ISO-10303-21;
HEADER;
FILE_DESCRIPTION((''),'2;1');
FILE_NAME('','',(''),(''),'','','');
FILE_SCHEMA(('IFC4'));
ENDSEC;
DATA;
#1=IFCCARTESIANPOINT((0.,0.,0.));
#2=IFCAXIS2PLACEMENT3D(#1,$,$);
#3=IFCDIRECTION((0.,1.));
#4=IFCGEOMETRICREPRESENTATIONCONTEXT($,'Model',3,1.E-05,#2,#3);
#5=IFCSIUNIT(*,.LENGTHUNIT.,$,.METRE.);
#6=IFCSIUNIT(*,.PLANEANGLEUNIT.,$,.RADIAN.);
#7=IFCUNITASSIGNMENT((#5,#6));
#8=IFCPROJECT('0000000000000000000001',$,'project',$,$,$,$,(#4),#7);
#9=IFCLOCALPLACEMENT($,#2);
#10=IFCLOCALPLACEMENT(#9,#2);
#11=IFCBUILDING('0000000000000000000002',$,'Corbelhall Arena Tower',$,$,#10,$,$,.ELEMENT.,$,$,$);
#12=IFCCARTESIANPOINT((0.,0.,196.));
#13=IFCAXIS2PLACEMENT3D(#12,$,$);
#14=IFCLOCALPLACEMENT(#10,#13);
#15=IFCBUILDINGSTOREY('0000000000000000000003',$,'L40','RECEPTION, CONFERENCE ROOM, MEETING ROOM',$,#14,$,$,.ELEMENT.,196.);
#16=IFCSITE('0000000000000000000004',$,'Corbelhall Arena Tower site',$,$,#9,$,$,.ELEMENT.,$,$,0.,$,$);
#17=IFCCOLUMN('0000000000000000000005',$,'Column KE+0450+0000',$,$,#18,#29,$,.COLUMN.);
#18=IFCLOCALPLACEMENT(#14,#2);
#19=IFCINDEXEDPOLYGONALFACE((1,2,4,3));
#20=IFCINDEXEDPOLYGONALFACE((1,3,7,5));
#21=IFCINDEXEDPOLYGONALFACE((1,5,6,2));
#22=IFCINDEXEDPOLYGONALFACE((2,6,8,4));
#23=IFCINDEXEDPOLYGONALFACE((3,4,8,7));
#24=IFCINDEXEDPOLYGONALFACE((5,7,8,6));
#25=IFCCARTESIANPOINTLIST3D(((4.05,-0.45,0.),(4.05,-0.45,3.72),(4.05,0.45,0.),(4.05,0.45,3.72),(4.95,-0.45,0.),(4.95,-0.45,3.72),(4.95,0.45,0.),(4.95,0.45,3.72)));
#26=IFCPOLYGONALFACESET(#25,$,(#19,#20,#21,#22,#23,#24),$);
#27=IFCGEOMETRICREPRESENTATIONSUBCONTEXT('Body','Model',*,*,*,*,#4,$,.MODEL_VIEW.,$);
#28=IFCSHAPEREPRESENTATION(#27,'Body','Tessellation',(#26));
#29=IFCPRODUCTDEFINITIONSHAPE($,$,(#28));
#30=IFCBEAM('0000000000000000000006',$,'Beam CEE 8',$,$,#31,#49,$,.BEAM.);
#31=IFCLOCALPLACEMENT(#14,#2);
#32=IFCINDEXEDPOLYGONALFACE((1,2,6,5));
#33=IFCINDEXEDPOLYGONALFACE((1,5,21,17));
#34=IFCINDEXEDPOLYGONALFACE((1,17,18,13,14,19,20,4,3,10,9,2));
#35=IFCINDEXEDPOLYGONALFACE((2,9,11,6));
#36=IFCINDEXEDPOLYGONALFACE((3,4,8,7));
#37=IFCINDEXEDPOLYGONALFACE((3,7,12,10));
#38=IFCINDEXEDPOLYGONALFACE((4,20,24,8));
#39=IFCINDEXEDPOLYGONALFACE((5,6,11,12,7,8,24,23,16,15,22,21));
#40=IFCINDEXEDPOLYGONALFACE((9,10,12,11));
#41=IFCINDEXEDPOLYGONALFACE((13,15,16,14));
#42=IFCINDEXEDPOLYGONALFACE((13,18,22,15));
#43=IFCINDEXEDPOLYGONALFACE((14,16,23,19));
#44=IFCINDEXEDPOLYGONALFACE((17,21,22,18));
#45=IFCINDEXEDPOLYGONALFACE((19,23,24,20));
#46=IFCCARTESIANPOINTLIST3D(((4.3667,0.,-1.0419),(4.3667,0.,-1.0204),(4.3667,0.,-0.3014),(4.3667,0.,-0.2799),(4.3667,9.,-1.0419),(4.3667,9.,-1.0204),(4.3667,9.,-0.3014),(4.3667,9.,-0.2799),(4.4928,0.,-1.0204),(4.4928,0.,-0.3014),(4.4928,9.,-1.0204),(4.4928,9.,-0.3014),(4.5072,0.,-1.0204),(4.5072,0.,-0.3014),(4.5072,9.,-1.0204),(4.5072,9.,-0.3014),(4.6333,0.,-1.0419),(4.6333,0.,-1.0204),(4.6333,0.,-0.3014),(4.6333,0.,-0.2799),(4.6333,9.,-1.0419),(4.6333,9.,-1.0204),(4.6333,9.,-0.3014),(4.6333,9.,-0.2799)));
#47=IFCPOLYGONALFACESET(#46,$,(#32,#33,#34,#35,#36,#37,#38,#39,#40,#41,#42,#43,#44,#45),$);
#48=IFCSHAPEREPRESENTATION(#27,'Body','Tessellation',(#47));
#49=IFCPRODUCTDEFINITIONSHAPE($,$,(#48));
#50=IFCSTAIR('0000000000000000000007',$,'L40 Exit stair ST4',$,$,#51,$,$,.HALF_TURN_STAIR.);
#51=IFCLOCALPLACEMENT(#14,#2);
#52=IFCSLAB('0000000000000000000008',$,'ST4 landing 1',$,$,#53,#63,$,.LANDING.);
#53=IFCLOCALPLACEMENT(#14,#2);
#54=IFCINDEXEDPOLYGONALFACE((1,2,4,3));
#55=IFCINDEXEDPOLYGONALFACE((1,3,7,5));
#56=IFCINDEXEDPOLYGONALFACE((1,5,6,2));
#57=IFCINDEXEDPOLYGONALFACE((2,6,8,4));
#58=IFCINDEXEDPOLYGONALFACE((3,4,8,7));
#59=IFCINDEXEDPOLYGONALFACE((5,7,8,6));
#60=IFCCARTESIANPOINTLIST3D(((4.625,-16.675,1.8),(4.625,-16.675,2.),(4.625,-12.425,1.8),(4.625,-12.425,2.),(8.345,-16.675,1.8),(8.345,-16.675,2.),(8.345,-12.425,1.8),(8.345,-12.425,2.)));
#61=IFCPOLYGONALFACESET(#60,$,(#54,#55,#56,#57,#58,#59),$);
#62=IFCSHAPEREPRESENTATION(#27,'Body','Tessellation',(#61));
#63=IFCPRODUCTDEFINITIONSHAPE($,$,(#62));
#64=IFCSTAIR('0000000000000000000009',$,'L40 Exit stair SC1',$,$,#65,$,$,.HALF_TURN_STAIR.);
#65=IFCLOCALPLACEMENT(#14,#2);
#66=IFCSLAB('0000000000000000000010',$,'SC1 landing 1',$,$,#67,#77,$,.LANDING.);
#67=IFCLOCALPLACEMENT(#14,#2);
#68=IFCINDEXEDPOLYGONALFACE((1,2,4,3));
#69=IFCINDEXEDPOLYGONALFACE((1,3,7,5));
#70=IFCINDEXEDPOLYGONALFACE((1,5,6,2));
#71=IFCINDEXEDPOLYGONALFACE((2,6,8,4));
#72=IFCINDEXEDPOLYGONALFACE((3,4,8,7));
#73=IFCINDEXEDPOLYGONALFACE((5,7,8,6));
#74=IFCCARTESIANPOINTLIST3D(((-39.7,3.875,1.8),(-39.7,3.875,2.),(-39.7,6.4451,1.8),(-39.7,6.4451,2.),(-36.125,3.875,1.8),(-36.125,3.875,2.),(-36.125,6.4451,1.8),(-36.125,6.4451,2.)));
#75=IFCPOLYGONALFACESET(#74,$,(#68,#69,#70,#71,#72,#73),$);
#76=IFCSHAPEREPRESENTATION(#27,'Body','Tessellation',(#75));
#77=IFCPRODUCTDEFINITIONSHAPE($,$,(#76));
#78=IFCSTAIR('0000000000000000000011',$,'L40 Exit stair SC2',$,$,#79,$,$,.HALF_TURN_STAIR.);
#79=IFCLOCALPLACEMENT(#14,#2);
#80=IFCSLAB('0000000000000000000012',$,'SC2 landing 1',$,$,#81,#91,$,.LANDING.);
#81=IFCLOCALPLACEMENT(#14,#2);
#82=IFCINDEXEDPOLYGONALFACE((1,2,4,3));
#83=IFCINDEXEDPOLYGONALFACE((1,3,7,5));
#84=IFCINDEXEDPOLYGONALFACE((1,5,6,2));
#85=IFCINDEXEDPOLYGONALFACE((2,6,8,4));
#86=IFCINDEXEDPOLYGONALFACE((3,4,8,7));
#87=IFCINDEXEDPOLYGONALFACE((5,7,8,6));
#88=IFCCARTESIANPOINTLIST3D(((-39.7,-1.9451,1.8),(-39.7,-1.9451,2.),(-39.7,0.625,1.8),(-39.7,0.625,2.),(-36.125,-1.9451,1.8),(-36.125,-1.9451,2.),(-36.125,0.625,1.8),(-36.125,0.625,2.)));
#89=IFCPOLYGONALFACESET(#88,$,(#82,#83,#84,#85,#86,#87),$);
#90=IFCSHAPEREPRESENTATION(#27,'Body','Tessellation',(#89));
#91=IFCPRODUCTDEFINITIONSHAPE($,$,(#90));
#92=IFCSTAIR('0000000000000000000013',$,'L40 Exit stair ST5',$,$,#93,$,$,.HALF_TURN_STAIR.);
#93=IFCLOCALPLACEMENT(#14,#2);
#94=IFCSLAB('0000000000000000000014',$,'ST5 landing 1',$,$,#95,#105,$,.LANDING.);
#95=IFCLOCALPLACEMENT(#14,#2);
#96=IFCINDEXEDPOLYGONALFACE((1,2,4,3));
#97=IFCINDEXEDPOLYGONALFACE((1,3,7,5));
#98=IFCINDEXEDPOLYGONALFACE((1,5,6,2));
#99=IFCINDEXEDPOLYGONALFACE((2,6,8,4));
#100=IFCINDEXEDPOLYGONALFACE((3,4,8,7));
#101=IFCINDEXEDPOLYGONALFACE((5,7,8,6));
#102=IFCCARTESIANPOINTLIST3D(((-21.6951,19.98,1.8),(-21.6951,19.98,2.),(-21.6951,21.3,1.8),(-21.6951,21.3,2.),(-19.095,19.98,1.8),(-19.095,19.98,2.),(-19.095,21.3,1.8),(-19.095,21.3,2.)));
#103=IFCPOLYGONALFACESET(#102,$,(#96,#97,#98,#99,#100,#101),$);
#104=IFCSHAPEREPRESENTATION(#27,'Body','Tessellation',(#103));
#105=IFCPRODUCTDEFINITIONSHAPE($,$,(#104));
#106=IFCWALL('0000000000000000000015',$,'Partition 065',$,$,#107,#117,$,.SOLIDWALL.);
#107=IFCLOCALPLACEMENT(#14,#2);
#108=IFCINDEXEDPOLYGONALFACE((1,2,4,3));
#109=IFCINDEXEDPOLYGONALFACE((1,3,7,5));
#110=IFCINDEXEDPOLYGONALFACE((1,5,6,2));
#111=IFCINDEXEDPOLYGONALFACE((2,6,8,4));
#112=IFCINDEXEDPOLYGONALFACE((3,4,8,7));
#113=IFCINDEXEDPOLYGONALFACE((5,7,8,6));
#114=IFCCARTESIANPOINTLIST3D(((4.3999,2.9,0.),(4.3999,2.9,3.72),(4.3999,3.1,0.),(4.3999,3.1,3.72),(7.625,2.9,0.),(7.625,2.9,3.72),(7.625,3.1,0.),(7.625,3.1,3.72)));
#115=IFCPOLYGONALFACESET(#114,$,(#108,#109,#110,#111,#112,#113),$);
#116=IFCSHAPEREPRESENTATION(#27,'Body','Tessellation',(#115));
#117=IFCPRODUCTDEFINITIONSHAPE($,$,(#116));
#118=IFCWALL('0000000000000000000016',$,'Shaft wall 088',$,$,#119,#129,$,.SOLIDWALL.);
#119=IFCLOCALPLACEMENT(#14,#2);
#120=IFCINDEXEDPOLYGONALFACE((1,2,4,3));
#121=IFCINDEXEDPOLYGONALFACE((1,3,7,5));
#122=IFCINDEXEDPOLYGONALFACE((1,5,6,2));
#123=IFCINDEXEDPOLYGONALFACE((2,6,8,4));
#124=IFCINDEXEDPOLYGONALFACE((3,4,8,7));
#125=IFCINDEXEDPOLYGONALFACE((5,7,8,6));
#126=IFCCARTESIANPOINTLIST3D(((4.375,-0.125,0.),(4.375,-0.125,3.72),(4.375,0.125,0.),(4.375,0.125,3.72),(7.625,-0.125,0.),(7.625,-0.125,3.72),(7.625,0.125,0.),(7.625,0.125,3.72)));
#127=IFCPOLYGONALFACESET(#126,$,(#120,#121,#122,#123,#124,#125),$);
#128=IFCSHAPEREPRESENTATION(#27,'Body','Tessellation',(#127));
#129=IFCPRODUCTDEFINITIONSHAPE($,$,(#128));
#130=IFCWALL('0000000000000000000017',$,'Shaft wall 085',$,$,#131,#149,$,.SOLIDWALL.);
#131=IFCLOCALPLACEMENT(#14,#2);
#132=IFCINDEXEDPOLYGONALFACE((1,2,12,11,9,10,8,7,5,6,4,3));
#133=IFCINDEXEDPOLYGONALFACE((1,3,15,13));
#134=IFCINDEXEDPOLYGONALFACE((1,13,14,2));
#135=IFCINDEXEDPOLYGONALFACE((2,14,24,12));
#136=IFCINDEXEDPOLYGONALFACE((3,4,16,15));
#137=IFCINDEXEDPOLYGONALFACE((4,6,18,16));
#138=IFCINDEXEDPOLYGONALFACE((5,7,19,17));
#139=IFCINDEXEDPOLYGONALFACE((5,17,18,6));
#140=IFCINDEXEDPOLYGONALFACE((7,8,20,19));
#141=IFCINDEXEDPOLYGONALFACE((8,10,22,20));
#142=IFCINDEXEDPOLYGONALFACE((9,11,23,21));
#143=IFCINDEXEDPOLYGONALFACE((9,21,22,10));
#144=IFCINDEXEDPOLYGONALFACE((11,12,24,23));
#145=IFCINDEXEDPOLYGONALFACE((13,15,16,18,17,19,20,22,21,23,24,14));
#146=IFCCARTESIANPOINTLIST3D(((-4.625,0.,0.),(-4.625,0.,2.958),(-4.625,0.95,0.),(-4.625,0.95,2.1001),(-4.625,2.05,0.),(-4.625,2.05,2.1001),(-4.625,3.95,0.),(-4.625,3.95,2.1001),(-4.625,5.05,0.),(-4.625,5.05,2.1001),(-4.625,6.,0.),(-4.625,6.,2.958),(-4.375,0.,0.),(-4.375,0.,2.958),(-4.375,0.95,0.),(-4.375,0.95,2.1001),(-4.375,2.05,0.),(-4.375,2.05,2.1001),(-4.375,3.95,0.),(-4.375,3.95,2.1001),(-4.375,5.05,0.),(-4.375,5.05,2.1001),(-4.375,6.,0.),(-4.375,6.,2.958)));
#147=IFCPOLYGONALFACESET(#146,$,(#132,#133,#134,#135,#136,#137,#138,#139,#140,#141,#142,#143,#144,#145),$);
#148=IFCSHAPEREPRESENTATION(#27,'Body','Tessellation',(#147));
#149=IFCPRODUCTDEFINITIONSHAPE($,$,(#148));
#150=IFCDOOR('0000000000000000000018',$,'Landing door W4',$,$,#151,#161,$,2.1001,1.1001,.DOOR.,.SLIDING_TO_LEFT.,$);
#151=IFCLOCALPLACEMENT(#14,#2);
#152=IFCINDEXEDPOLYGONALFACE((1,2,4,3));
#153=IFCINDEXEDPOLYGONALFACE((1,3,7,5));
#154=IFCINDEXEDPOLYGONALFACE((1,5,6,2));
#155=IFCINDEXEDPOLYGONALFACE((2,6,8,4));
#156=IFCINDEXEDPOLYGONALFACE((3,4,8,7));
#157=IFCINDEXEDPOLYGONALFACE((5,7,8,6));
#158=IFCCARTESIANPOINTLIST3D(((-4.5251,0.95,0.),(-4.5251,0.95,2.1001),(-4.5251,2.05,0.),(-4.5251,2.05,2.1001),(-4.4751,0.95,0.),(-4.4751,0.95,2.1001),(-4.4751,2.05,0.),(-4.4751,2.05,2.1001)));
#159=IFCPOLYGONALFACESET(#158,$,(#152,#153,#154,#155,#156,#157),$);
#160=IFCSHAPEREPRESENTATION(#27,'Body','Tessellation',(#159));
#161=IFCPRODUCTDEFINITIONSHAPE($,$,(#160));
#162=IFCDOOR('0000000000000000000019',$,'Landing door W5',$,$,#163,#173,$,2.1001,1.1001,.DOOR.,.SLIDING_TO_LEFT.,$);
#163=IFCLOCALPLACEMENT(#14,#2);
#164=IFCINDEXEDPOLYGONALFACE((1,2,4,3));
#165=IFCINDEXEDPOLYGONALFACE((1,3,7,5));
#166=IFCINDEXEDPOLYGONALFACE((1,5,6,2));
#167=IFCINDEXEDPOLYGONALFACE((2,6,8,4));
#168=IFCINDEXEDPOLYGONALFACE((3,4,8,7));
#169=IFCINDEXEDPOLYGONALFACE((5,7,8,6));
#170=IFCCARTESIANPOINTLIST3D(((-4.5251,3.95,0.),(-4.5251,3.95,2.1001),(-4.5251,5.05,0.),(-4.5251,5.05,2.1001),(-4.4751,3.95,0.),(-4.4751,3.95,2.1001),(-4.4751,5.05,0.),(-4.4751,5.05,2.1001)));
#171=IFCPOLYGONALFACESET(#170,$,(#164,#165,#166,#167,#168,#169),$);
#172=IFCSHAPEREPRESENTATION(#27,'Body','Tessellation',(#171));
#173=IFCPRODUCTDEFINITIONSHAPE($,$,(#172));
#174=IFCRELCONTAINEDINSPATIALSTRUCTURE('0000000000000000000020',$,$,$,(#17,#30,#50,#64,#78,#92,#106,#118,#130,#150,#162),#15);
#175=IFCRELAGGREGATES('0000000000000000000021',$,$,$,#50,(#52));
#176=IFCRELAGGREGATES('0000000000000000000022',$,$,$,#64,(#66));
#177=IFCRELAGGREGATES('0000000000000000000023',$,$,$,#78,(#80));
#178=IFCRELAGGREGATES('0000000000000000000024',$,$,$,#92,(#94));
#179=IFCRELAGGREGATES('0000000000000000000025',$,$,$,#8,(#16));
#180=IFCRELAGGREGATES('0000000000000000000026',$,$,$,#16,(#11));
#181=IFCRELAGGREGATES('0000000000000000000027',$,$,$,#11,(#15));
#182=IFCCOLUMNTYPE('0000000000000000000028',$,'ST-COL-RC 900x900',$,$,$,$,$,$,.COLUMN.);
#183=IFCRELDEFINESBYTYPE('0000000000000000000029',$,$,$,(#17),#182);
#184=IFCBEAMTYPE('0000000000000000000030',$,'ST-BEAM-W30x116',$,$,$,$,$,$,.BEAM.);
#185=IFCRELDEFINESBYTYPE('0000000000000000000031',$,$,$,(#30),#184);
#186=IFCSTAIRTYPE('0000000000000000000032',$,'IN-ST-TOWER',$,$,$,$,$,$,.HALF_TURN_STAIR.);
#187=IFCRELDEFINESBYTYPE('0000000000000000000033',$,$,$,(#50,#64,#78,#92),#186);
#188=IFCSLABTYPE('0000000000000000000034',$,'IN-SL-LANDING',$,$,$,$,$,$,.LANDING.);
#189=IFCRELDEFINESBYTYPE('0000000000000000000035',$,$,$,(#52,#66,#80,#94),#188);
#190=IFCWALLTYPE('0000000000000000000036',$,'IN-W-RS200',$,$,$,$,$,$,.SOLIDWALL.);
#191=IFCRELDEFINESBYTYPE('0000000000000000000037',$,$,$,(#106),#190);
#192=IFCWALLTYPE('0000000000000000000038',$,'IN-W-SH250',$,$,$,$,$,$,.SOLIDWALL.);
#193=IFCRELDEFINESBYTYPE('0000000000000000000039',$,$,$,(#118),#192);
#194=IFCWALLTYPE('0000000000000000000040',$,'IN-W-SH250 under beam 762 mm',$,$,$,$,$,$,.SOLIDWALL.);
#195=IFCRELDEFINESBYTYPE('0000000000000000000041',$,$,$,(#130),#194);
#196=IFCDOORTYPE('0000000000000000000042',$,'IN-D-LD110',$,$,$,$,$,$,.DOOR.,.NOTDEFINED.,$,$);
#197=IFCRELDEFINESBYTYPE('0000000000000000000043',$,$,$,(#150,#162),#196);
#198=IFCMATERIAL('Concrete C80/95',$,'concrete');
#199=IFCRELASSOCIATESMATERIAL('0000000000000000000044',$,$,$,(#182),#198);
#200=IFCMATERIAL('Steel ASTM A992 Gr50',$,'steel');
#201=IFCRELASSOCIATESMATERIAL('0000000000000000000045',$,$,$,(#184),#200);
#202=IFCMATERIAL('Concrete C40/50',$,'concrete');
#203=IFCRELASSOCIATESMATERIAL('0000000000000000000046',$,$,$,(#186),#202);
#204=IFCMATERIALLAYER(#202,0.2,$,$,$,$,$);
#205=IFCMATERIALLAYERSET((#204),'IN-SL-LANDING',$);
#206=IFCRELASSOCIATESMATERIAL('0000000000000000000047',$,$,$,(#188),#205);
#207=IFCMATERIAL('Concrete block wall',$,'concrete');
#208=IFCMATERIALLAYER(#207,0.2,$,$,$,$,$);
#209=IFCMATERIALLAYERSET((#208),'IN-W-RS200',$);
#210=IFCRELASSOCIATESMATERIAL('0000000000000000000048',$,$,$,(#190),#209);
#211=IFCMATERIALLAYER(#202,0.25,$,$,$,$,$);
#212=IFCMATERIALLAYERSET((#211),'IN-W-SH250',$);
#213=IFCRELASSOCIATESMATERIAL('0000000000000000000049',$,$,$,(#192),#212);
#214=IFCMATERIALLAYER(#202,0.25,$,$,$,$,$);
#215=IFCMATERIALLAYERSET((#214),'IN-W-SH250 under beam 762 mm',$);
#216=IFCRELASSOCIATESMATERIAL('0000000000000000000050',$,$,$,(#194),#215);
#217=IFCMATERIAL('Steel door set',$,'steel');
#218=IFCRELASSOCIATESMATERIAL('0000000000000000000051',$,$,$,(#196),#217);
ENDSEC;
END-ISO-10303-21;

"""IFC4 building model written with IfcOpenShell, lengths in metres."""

from ifc_helpers import new_model, si_unit, direction, frame, frame_2d, origin, origin_2d, place, context, subcontext, project, spatial, polyline, rectangle, i_section, outline, extrude, material, layer, layer_set, material_profile, profile_set, type_object, element, fill, aggregate, save


model = new_model("IFC4")

# Units and contexts
model_context = context("Model", 3, precision=1e-05, world=origin(), true_north=direction((0.0, 1.0)))
body_context = subcontext(model_context, "Body", "Model", "MODEL_VIEW")
ifc_project = project(units=[si_unit("LENGTHUNIT", "METRE"), si_unit("PLANEANGLEUNIT", "RADIAN")], contexts=[model_context])

# Site, building, storey
site_placement = place(None, origin())
site = spatial("IfcSite", under=ifc_project, at=site_placement, Name="Corbelhall Arena Tower site", CompositionType="ELEMENT", RefElevation=0.0)
building_placement = place(site_placement, origin())
building = spatial("IfcBuilding", under=site, at=building_placement, Name="Corbelhall Arena Tower", CompositionType="ELEMENT")
storey_placement = place(building_placement, frame((0.0, 0.0, 196.0)))
storey = spatial("IfcBuildingStorey", under=building, at=storey_placement, Name="L40", Description="RECEPTION, CONFERENCE ROOM, MEETING ROOM", CompositionType="ELEMENT", Elevation=196.0)

# Column
ifc_material_1 = material(Name="Concrete C80/95", Category="concrete")
ifc_material_profile_1 = material_profile(ifc_material_1, rectangle(XDim=0.8999, YDim=0.8999, at=origin_2d()))
ifc_profile_set_1 = profile_set([ifc_material_profile_1], Name="Concrete C80/95")
column_type = type_object("IfcColumnType", Name="ST-COL-RC 900x900", PredefinedType="COLUMN", material=ifc_profile_set_1)
column_placement = place(storey_placement, frame((4.5, 0.0, 0.0), z_axis=(0.0, 0.0, 1.0), x_axis=(1.0, 0.0, 0.0)))
element("IfcColumn", 1, at=column_placement, inside=storey, type_object=column_type, Name="Column KE+0450+0000", PredefinedType="COLUMN", context=body_context, shape_type="SweptSolid", body=[
    extrude(rectangle(XDim=0.8999, YDim=0.8999, at=origin_2d()), origin(), (0.0, 0.0, 1.0), 3.72),
])

# Beam
ifc_material_2 = material(Name="Steel ASTM A992 Gr50", Category="steel")
ifc_material_profile_2 = material_profile(ifc_material_2, i_section(OverallWidth=0.2666, OverallDepth=0.762, WebThickness=0.0144, FlangeThickness=0.0215, at=origin_2d()))
ifc_profile_set_2 = profile_set([ifc_material_profile_2], Name="Steel ASTM A992 Gr50")
beam_type = type_object("IfcBeamType", Name="ST-BEAM-W30x116", PredefinedType="BEAM", material=ifc_profile_set_2)
beam_placement = place(storey_placement, frame((4.5, 0.0, -0.6609), z_axis=(0.0, 1.0, 0.0), x_axis=(-1.0, 0.0, 0.0)))
element("IfcBeam", 2, at=beam_placement, inside=storey, type_object=beam_type, Name="Beam CEE 8", PredefinedType="BEAM", context=body_context, shape_type="SweptSolid", body=[
    extrude(i_section(OverallWidth=0.2666, OverallDepth=0.762, WebThickness=0.0144, FlangeThickness=0.0215, at=origin_2d()), origin(), (0.0, 0.0, 1.0), 9.0),
])

# Stairs, slabs
ifc_material_3 = material(Name="Concrete C40/50", Category="concrete")
stair_type = type_object("IfcStairType", Name="IN-ST-TOWER", PredefinedType="HALF_TURN_STAIR", material=ifc_material_3)
stair_1_placement = place(storey_placement, origin())
stair_1 = element("IfcStair", 3, at=stair_1_placement, inside=storey, type_object=stair_type, Name="L40 Exit stair ST4", PredefinedType="HALF_TURN_STAIR")
ifc_layer_1 = layer(ifc_material_3, 0.2)
ifc_layer_set_1 = layer_set([ifc_layer_1], Name="IN-SL-LANDING")
slab_type = type_object("IfcSlabType", Name="IN-SL-LANDING", PredefinedType="LANDING", material=ifc_layer_set_1)
slab_1_placement = place(storey_placement, frame((0.0, 0.0, 1.8)))
slab_1 = element("IfcSlab", 4, at=slab_1_placement, type_object=slab_type, Name="ST4 landing 1", PredefinedType="LANDING", context=body_context, shape_type="SweptSolid", body=[
    extrude(outline(polyline([(8.345, -12.425), (4.625, -12.425), (4.625, -16.675), (8.345, -16.675), (8.345, -12.425)])), origin(), (0.0, 0.0, 1.0), 0.2),
])
aggregate(stair_1, [slab_1])
stair_2_placement = place(storey_placement, origin())
stair_2 = element("IfcStair", 5, at=stair_2_placement, inside=storey, type_object=stair_type, Name="L40 Exit stair SC1", PredefinedType="HALF_TURN_STAIR")
slab_2_placement = place(storey_placement, frame((0.0, 0.0, 1.8)))
slab_2 = element("IfcSlab", 6, at=slab_2_placement, type_object=slab_type, Name="SC1 landing 1", PredefinedType="LANDING", context=body_context, shape_type="SweptSolid", body=[
    extrude(outline(polyline([(-39.7, 6.4451), (-39.7, 3.875), (-36.125, 3.875), (-36.125, 6.4451), (-39.7, 6.4451)])), origin(), (0.0, 0.0, 1.0), 0.2),
])
aggregate(stair_2, [slab_2])
stair_3_placement = place(storey_placement, origin())
stair_3 = element("IfcStair", 7, at=stair_3_placement, inside=storey, type_object=stair_type, Name="L40 Exit stair SC2", PredefinedType="HALF_TURN_STAIR")
slab_3_placement = place(storey_placement, frame((0.0, 0.0, 1.8)))
slab_3 = element("IfcSlab", 8, at=slab_3_placement, type_object=slab_type, Name="SC2 landing 1", PredefinedType="LANDING", context=body_context, shape_type="SweptSolid", body=[
    extrude(outline(polyline([(-36.125, -1.9451), (-36.125, 0.625), (-39.7, 0.625), (-39.7, -1.9451), (-36.125, -1.9451)])), origin(), (0.0, 0.0, 1.0), 0.2),
])
aggregate(stair_3, [slab_3])
stair_4_placement = place(storey_placement, origin())
stair_4 = element("IfcStair", 9, at=stair_4_placement, inside=storey, type_object=stair_type, Name="L40 Exit stair ST5", PredefinedType="HALF_TURN_STAIR")
slab_4_placement = place(storey_placement, frame((0.0, 0.0, 1.8)))
slab_4 = element("IfcSlab", 10, at=slab_4_placement, type_object=slab_type, Name="ST5 landing 1", PredefinedType="LANDING", context=body_context, shape_type="SweptSolid", body=[
    extrude(outline(polyline([(-19.095, 19.98), (-19.095, 21.3), (-21.6951, 21.3), (-21.6951, 19.98), (-19.095, 19.98)])), origin(), (0.0, 0.0, 1.0), 0.2),
])
aggregate(stair_4, [slab_4])

# Wall
ifc_material_4 = material(Name="Concrete block wall", Category="concrete")
ifc_layer_2 = layer(ifc_material_4, 0.2)
ifc_layer_set_2 = layer_set([ifc_layer_2], Name="IN-W-RS200")
wall_type_1 = type_object("IfcWallType", Name="IN-W-RS200", PredefinedType="SOLIDWALL", material=ifc_layer_set_2)
wall_1_placement = place(storey_placement, frame((4.3999, 3.0, 0.0), z_axis=(0.0, 0.0, 1.0), x_axis=(1.0, 0.0, 0.0)))
element("IfcWall", 11, at=wall_1_placement, inside=storey, type_object=wall_type_1, Name="Partition 065", PredefinedType="SOLIDWALL", context=body_context, shape_type="SweptSolid", body=[
    extrude(rectangle(XDim=3.2251, YDim=0.2, at=frame_2d((1.6125, 0.0))), origin(), (0.0, 0.0, 1.0), 3.72),
])

# Shared definitions
ifc_material_5 = material(Name="Steel door set", Category="steel")

# Wall
ifc_layer_3 = layer(ifc_material_3, 0.25)
ifc_layer_set_3 = layer_set([ifc_layer_3], Name="IN-W-SH250")
wall_type_2 = type_object("IfcWallType", Name="IN-W-SH250", PredefinedType="SOLIDWALL", material=ifc_layer_set_3)
wall_2_placement = place(storey_placement, frame((4.375, 0.0, 0.0), z_axis=(0.0, 0.0, 1.0), x_axis=(1.0, 0.0, 0.0)))
element("IfcWall", 12, at=wall_2_placement, inside=storey, type_object=wall_type_2, Name="Shaft wall 088", PredefinedType="SOLIDWALL", context=body_context, shape_type="SweptSolid", body=[
    extrude(rectangle(XDim=3.25, YDim=0.25, at=frame_2d((1.625, 0.0))), origin(), (0.0, 0.0, 1.0), 3.72),
])

# Wall, openings, doors
ifc_layer_4 = layer(ifc_material_3, 0.25)
ifc_layer_set_4 = layer_set([ifc_layer_4], Name="IN-W-SH250 under beam 762 mm")
wall_type_3 = type_object("IfcWallType", Name="IN-W-SH250 under beam 762 mm", PredefinedType="SOLIDWALL", material=ifc_layer_set_4)
wall_3_placement = place(storey_placement, frame((-4.5, 6.0, 0.0), z_axis=(0.0, 0.0, 1.0), x_axis=(0.0, -1.0, 0.0)))
wall_3 = element("IfcWall", 13, at=wall_3_placement, inside=storey, type_object=wall_type_3, Name="Shaft wall 085", PredefinedType="SOLIDWALL", context=body_context, shape_type="SweptSolid", body=[
    extrude(rectangle(XDim=6.0, YDim=0.25, at=frame_2d((3.0, 0.0))), origin(), (0.0, 0.0, 1.0), 2.958),
])
opening_1_placement = place(wall_3_placement, frame((3.95, 0.0, 0.0)))
opening_1 = element("IfcOpeningElement", 14, at=opening_1_placement, cuts=wall_3, PredefinedType="OPENING", context=body_context, shape_type="SweptSolid", body=[
    extrude(rectangle(XDim=1.1001, YDim=2.1001, at=frame_2d((0.55, 1.05))), frame((0.0, 0.125, 0.0), z_axis=(0.0, -1.0, 0.0), x_axis=(1.0, 0.0, 0.0)), (0.0, 0.0, 1.0), 0.25),
])
opening_2_placement = place(wall_3_placement, frame((0.95, 0.0, 0.0)))
opening_2 = element("IfcOpeningElement", 15, at=opening_2_placement, cuts=wall_3, PredefinedType="OPENING", context=body_context, shape_type="SweptSolid", body=[
    extrude(rectangle(XDim=1.1001, YDim=2.1001, at=frame_2d((0.55, 1.05))), frame((0.0, 0.125, 0.0), z_axis=(0.0, -1.0, 0.0), x_axis=(1.0, 0.0, 0.0)), (0.0, 0.0, 1.0), 0.25),
])
door_type_1 = type_object("IfcDoorType", Name="IN-D-LD110", OperationType="NOTDEFINED", PredefinedType="DOOR", material=ifc_material_5)
door_1_placement = place(opening_1_placement, origin())
door_1 = element("IfcDoor", 16, at=door_1_placement, inside=storey, type_object=door_type_1, Name="Landing door W4", OperationType="SLIDING_TO_LEFT", OverallHeight=2.1001, OverallWidth=1.1001, PredefinedType="DOOR", context=body_context, shape_type="SweptSolid", body=[
    extrude(rectangle(XDim=1.1001, YDim=2.1001, at=frame_2d((0.55, 1.05))), frame((0.0, 0.0249, 0.0), z_axis=(0.0, -1.0, 0.0), x_axis=(1.0, 0.0, 0.0)), (0.0, 0.0, 1.0), 0.05),
])
fill(opening_1, door_1)
door_2_placement = place(opening_2_placement, origin())
door_2 = element("IfcDoor", 17, at=door_2_placement, inside=storey, type_object=door_type_1, Name="Landing door W5", OperationType="SLIDING_TO_LEFT", OverallHeight=2.1001, OverallWidth=1.1001, PredefinedType="DOOR", context=body_context, shape_type="SweptSolid", body=[
    extrude(rectangle(XDim=1.1001, YDim=2.1001, at=frame_2d((0.55, 1.05))), frame((0.0, 0.0249, 0.0), z_axis=(0.0, -1.0, 0.0), x_axis=(1.0, 0.0, 0.0)), (0.0, 0.0, 1.0), 0.05),
])
fill(opening_2, door_2)

save(model, "model.ifc")
